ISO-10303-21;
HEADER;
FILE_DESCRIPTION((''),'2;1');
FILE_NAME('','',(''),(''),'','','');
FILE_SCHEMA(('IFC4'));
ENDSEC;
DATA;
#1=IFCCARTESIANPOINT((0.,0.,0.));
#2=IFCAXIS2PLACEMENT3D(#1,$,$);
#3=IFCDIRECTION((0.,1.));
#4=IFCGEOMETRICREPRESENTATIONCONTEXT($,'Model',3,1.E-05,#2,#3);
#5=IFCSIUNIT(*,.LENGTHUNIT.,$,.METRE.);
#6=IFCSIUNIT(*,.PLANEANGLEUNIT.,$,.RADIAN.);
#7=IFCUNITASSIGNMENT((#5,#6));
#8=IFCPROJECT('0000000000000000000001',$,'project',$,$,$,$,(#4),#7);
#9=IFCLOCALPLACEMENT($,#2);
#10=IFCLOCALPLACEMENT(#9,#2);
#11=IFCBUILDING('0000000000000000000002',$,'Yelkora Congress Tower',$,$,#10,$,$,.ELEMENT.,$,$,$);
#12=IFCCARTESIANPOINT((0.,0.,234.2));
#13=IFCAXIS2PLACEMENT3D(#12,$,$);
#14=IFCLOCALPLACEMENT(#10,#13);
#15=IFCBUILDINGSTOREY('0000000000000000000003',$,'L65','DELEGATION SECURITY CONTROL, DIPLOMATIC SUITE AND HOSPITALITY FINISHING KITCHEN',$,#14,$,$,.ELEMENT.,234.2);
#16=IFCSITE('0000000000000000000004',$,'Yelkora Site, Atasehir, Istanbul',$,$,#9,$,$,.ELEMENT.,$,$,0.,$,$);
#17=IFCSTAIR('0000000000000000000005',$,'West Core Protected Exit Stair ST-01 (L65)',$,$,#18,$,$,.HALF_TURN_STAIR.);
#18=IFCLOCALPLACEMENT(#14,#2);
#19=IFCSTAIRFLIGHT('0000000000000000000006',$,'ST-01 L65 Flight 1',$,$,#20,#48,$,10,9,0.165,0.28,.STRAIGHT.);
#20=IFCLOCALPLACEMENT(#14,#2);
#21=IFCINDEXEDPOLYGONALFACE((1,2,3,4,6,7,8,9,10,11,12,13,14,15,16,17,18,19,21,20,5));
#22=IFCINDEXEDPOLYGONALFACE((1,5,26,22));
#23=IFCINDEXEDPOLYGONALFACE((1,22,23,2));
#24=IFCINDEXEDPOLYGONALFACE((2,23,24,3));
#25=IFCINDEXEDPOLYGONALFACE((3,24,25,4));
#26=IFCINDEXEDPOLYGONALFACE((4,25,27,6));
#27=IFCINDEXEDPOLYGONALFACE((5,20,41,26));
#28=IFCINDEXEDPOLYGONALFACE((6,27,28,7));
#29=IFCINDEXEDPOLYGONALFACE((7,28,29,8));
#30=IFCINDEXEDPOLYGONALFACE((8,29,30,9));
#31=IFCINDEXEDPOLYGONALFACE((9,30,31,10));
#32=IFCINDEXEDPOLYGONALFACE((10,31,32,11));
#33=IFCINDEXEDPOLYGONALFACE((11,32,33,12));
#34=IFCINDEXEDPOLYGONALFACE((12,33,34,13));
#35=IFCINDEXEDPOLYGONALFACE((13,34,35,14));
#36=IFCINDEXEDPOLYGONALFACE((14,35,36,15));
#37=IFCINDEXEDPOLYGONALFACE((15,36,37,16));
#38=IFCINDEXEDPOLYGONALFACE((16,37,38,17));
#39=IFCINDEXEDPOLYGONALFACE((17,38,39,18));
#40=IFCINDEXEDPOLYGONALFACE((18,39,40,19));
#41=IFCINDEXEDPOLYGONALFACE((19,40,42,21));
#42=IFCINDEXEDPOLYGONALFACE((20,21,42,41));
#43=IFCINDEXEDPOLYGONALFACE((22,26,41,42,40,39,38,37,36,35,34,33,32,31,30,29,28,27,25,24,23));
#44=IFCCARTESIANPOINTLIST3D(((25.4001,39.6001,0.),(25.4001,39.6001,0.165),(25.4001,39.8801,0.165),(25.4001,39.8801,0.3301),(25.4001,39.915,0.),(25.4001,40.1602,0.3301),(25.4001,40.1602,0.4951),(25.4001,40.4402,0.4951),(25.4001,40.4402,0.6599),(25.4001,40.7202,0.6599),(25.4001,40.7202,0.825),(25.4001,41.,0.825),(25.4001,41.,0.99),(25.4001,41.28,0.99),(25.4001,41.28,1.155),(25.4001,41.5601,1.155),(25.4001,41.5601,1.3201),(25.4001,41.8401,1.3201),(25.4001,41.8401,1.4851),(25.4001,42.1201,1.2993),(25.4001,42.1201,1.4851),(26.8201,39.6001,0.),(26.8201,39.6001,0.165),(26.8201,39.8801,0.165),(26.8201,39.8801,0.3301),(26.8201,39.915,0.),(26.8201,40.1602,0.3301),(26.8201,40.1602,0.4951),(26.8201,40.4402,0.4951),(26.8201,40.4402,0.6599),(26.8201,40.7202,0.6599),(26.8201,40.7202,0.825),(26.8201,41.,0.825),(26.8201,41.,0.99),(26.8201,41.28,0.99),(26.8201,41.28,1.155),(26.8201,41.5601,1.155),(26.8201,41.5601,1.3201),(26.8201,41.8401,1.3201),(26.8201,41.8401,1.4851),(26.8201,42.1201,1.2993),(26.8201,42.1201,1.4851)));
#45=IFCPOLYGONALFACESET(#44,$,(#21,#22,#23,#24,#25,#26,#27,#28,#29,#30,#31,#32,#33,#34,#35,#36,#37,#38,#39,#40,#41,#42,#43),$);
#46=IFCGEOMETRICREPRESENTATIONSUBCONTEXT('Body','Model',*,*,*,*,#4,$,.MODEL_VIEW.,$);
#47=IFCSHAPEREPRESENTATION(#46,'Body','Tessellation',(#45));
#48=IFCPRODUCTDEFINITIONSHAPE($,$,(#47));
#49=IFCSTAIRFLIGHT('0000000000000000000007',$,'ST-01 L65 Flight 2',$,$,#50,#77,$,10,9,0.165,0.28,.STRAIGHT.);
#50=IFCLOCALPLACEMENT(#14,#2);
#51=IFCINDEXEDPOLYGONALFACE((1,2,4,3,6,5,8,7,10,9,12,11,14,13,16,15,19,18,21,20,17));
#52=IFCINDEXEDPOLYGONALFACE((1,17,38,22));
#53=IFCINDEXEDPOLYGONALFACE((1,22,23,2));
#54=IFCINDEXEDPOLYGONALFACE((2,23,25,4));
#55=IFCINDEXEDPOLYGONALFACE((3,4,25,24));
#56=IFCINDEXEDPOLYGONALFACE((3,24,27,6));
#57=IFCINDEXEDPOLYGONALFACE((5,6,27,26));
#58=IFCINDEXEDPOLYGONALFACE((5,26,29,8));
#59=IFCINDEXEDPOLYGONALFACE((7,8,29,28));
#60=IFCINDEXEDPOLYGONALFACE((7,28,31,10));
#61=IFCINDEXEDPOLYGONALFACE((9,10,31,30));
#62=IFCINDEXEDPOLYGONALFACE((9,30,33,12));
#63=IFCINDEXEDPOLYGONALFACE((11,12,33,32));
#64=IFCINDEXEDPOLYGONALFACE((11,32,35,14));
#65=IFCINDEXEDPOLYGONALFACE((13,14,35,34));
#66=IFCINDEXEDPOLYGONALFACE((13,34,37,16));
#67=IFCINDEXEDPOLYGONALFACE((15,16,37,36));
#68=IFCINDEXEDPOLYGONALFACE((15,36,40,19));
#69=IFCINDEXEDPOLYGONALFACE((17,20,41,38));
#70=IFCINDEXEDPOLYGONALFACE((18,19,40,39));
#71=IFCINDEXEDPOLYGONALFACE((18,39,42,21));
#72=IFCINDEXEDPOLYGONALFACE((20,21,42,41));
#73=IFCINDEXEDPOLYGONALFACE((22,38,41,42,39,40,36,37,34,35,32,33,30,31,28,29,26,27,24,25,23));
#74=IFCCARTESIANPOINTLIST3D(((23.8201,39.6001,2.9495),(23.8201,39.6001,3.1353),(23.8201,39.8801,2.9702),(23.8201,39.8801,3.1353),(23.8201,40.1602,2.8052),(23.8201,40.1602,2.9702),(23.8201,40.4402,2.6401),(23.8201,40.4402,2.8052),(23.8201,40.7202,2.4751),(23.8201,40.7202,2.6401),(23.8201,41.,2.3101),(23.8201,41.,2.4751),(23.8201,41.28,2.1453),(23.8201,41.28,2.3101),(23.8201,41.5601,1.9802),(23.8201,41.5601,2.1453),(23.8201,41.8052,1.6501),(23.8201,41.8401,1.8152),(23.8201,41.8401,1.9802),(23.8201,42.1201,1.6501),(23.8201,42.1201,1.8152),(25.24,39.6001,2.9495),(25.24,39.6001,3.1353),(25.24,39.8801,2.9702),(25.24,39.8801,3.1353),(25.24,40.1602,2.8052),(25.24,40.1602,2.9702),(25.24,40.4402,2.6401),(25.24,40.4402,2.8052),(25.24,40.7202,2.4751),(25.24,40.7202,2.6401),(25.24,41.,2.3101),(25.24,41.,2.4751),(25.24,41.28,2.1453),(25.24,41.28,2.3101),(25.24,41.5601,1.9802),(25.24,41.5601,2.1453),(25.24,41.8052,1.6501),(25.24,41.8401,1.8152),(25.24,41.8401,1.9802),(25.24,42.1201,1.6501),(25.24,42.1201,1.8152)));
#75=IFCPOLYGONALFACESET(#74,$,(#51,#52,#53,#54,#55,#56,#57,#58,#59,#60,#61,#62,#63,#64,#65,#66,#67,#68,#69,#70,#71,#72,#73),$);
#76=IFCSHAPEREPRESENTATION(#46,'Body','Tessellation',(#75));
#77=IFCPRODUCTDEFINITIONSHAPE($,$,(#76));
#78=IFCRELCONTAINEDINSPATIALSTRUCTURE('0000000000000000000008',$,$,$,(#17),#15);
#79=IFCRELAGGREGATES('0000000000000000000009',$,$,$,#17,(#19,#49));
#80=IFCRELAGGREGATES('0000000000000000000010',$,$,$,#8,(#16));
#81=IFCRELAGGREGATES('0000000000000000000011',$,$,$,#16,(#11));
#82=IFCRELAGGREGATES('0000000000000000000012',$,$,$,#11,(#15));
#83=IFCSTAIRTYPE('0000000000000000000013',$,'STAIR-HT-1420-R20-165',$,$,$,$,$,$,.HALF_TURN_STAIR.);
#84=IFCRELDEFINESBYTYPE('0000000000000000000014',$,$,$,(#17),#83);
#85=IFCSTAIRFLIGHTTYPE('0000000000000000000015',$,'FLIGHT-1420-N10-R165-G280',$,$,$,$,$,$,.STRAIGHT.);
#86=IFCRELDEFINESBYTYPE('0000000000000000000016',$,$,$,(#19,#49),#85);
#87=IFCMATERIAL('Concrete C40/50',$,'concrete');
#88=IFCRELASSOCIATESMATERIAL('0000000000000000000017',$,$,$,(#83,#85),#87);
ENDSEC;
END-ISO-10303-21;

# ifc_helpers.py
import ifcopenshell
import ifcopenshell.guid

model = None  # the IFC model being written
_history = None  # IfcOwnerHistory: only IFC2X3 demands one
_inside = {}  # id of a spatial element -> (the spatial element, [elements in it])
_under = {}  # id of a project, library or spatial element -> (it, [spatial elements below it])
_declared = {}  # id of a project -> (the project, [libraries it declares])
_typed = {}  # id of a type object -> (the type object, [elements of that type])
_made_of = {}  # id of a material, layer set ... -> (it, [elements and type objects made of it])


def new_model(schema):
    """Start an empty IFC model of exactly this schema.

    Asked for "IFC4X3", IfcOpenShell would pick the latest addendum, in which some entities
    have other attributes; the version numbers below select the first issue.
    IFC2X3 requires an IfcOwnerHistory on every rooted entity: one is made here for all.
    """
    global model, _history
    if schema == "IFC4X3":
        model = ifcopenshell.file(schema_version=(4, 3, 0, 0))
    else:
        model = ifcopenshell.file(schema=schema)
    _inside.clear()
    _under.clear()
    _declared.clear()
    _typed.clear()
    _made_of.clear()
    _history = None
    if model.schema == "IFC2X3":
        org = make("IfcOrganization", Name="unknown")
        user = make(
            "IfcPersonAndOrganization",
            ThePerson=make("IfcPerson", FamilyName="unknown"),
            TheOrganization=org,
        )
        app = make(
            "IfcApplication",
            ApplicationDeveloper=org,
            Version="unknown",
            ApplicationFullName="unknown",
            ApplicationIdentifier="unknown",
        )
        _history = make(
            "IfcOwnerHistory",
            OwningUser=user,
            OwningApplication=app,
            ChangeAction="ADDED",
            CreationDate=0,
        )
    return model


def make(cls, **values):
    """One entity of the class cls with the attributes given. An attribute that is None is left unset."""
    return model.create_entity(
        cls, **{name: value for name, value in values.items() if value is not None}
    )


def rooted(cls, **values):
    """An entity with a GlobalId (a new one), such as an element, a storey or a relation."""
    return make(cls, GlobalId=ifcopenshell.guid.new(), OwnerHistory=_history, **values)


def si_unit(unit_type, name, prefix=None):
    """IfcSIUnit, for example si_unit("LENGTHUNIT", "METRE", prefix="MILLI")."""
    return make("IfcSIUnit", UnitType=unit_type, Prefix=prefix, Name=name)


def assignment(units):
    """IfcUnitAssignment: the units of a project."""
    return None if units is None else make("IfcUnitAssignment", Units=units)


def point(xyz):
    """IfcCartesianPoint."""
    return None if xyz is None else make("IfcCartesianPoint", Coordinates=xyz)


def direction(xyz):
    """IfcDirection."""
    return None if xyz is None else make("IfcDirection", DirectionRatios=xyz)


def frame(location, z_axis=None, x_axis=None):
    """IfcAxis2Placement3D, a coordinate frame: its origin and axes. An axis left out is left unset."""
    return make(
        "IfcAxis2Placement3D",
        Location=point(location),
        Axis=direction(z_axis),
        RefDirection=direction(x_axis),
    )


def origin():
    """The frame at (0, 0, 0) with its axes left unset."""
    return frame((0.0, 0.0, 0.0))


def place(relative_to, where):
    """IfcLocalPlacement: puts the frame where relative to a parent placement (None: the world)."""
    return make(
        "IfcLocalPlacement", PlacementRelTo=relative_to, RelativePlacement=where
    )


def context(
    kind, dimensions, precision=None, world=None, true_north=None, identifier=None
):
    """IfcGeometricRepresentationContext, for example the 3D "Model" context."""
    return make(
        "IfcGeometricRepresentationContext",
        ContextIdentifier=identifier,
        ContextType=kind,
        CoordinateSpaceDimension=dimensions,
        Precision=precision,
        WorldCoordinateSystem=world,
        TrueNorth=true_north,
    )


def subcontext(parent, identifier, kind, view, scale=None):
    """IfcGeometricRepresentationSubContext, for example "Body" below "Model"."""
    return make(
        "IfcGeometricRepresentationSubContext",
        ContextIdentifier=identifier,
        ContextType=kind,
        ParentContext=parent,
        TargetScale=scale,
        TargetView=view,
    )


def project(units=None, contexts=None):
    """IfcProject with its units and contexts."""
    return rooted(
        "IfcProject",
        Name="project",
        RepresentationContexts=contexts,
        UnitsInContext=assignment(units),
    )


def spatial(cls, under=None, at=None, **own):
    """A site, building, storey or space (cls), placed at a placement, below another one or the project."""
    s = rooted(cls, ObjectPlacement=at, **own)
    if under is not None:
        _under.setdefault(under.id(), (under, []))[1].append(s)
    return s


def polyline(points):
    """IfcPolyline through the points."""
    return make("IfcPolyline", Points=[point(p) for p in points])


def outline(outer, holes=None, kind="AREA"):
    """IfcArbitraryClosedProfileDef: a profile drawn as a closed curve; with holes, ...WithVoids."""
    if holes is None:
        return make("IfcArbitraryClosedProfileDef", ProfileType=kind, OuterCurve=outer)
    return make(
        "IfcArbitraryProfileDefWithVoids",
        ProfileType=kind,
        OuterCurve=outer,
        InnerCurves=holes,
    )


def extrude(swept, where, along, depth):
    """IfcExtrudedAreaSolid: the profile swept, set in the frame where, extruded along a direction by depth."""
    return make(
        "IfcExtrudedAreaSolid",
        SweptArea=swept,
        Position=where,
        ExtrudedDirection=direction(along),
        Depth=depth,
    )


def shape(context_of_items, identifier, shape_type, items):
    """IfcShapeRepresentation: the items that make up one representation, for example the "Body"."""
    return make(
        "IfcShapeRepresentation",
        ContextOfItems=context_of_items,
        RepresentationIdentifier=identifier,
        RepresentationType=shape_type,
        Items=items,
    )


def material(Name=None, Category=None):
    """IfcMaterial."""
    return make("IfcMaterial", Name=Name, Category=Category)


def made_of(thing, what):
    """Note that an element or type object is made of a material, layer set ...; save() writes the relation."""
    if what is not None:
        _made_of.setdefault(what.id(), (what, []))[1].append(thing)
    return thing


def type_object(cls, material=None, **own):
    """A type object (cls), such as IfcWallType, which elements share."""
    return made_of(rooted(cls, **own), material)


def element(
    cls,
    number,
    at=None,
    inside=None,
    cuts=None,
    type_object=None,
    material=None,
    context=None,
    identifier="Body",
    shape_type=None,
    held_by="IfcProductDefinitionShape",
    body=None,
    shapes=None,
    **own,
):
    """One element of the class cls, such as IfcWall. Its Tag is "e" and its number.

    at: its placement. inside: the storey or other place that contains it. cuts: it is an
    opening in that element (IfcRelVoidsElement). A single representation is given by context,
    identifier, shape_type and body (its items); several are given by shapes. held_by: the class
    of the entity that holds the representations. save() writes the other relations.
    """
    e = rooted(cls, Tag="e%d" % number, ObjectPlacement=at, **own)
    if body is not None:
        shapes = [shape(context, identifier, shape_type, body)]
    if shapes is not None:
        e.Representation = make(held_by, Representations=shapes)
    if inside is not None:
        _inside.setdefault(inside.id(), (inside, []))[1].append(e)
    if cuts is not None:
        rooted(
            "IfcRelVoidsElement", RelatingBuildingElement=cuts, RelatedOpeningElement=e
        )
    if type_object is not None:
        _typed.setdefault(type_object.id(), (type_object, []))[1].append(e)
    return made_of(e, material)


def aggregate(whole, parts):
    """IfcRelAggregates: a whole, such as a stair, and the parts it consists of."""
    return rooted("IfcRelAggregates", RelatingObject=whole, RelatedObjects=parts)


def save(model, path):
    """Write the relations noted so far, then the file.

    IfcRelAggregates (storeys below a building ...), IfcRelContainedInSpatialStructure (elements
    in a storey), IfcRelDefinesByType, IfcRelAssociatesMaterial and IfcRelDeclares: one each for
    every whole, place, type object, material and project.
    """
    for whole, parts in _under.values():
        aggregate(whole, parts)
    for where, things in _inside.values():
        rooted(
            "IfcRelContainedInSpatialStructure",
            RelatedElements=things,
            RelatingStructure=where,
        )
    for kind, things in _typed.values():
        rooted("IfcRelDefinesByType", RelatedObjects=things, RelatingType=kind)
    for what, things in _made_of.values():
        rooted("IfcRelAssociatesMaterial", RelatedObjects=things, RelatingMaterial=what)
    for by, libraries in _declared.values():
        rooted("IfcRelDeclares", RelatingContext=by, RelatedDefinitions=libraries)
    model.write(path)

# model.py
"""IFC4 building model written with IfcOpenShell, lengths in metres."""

from ifc_helpers import new_model, si_unit, direction, frame, origin, place, context, subcontext, project, spatial, polyline, outline, extrude, material, type_object, element, aggregate, save


model = new_model("IFC4")

# Units and contexts
model_context = context("Model", 3, precision=1e-05, world=origin(), true_north=direction((0.0, 1.0)))
body_context = subcontext(model_context, "Body", "Model", "MODEL_VIEW")
ifc_project = project(units=[si_unit("LENGTHUNIT", "METRE"), si_unit("PLANEANGLEUNIT", "RADIAN")], contexts=[model_context])

# Site, building, storey
site_placement = place(None, origin())
site = spatial("IfcSite", under=ifc_project, at=site_placement, Name="Yelkora Site, Atasehir, Istanbul", CompositionType="ELEMENT", RefElevation=0.0)
building_placement = place(site_placement, origin())
building = spatial("IfcBuilding", under=site, at=building_placement, Name="Yelkora Congress Tower", CompositionType="ELEMENT")
storey_placement = place(building_placement, frame((0.0, 0.0, 234.2)))
storey = spatial("IfcBuildingStorey", under=building, at=storey_placement, Name="L65", Description="DELEGATION SECURITY CONTROL, DIPLOMATIC SUITE AND HOSPITALITY FINISHING KITCHEN", CompositionType="ELEMENT", Elevation=234.2)

# Stair, stair flights
ifc_material_1 = material(Name="Concrete C40/50", Category="concrete")
stair_type = type_object("IfcStairType", Name="STAIR-HT-1420-R20-165", PredefinedType="HALF_TURN_STAIR", material=ifc_material_1)
stair_placement = place(storey_placement, origin())
stair = element("IfcStair", 1, at=stair_placement, inside=storey, type_object=stair_type, Name="West Core Protected Exit Stair ST-01 (L65)", PredefinedType="HALF_TURN_STAIR")
stair_flight_type = type_object("IfcStairFlightType", Name="FLIGHT-1420-N10-R165-G280", PredefinedType="STRAIGHT", material=ifc_material_1)
stair_flight_1_placement = place(storey_placement, frame((26.1101, 39.6001, 0.0), z_axis=(0.0, 0.0, 1.0), x_axis=(0.0, 1.0, 0.0)))
stair_flight_1 = element("IfcStairFlight", 2, at=stair_flight_1_placement, type_object=stair_flight_type, Name="ST-01 L65 Flight 1", NumberOfRisers=10, NumberOfTreads=9, PredefinedType="STRAIGHT", RiserHeight=0.165, TreadLength=0.28, context=body_context, shape_type="SweptSolid", body=[
    extrude(outline(polyline([(0.0, 0.0), (0.0, 0.165), (0.28, 0.165), (0.28, 0.3301), (0.5601, 0.3301), (0.5601, 0.4951), (0.8401, 0.4951), (0.8401, 0.6599), (1.1201, 0.6599), (1.1201, 0.825), (1.3999, 0.825), (1.3999, 0.99), (1.6799, 0.99), (1.6799, 1.155), (1.96, 1.155), (1.96, 1.3201), (2.24, 1.3201), (2.24, 1.4851), (2.52, 1.4851), (2.52, 1.6499), (2.52, 1.2993), (0.3149, 0.0), (0.0, 0.0)])), frame((0.0, 0.71, 0.0), z_axis=(0.0, -1.0, 0.0), x_axis=(1.0, 0.0, 0.0)), (0.0, 0.0, 1.0), 1.4199),
])
stair_flight_2_placement = place(storey_placement, frame((24.53, 42.1201, 1.6501), z_axis=(0.0, 0.0, 1.0), x_axis=(0.0, -1.0, 0.0)))
stair_flight_2 = element("IfcStairFlight", 3, at=stair_flight_2_placement, type_object=stair_flight_type, Name="ST-01 L65 Flight 2", NumberOfRisers=10, NumberOfTreads=9, PredefinedType="STRAIGHT", RiserHeight=0.165, TreadLength=0.28, context=body_context, shape_type="SweptSolid", body=[
    extrude(outline(polyline([(0.0, 0.0), (0.0, 0.165), (0.28, 0.165), (0.28, 0.3301), (0.5601, 0.3301), (0.5601, 0.4951), (0.8401, 0.4951), (0.8401, 0.6599), (1.1201, 0.6599), (1.1201, 0.825), (1.3999, 0.825), (1.3999, 0.99), (1.6799, 0.99), (1.6799, 1.155), (1.96, 1.155), (1.96, 1.3201), (2.24, 1.3201), (2.24, 1.4851), (2.52, 1.4851), (2.52, 1.6499), (2.52, 1.2993), (0.3149, 0.0), (0.0, 0.0)])), frame((0.0, 0.71, 0.0), z_axis=(0.0, -1.0, 0.0), x_axis=(1.0, 0.0, 0.0)), (0.0, 0.0, 1.0), 1.4199),
])
aggregate(stair, [stair_flight_1, stair_flight_2])

save(model, "model.ifc")
